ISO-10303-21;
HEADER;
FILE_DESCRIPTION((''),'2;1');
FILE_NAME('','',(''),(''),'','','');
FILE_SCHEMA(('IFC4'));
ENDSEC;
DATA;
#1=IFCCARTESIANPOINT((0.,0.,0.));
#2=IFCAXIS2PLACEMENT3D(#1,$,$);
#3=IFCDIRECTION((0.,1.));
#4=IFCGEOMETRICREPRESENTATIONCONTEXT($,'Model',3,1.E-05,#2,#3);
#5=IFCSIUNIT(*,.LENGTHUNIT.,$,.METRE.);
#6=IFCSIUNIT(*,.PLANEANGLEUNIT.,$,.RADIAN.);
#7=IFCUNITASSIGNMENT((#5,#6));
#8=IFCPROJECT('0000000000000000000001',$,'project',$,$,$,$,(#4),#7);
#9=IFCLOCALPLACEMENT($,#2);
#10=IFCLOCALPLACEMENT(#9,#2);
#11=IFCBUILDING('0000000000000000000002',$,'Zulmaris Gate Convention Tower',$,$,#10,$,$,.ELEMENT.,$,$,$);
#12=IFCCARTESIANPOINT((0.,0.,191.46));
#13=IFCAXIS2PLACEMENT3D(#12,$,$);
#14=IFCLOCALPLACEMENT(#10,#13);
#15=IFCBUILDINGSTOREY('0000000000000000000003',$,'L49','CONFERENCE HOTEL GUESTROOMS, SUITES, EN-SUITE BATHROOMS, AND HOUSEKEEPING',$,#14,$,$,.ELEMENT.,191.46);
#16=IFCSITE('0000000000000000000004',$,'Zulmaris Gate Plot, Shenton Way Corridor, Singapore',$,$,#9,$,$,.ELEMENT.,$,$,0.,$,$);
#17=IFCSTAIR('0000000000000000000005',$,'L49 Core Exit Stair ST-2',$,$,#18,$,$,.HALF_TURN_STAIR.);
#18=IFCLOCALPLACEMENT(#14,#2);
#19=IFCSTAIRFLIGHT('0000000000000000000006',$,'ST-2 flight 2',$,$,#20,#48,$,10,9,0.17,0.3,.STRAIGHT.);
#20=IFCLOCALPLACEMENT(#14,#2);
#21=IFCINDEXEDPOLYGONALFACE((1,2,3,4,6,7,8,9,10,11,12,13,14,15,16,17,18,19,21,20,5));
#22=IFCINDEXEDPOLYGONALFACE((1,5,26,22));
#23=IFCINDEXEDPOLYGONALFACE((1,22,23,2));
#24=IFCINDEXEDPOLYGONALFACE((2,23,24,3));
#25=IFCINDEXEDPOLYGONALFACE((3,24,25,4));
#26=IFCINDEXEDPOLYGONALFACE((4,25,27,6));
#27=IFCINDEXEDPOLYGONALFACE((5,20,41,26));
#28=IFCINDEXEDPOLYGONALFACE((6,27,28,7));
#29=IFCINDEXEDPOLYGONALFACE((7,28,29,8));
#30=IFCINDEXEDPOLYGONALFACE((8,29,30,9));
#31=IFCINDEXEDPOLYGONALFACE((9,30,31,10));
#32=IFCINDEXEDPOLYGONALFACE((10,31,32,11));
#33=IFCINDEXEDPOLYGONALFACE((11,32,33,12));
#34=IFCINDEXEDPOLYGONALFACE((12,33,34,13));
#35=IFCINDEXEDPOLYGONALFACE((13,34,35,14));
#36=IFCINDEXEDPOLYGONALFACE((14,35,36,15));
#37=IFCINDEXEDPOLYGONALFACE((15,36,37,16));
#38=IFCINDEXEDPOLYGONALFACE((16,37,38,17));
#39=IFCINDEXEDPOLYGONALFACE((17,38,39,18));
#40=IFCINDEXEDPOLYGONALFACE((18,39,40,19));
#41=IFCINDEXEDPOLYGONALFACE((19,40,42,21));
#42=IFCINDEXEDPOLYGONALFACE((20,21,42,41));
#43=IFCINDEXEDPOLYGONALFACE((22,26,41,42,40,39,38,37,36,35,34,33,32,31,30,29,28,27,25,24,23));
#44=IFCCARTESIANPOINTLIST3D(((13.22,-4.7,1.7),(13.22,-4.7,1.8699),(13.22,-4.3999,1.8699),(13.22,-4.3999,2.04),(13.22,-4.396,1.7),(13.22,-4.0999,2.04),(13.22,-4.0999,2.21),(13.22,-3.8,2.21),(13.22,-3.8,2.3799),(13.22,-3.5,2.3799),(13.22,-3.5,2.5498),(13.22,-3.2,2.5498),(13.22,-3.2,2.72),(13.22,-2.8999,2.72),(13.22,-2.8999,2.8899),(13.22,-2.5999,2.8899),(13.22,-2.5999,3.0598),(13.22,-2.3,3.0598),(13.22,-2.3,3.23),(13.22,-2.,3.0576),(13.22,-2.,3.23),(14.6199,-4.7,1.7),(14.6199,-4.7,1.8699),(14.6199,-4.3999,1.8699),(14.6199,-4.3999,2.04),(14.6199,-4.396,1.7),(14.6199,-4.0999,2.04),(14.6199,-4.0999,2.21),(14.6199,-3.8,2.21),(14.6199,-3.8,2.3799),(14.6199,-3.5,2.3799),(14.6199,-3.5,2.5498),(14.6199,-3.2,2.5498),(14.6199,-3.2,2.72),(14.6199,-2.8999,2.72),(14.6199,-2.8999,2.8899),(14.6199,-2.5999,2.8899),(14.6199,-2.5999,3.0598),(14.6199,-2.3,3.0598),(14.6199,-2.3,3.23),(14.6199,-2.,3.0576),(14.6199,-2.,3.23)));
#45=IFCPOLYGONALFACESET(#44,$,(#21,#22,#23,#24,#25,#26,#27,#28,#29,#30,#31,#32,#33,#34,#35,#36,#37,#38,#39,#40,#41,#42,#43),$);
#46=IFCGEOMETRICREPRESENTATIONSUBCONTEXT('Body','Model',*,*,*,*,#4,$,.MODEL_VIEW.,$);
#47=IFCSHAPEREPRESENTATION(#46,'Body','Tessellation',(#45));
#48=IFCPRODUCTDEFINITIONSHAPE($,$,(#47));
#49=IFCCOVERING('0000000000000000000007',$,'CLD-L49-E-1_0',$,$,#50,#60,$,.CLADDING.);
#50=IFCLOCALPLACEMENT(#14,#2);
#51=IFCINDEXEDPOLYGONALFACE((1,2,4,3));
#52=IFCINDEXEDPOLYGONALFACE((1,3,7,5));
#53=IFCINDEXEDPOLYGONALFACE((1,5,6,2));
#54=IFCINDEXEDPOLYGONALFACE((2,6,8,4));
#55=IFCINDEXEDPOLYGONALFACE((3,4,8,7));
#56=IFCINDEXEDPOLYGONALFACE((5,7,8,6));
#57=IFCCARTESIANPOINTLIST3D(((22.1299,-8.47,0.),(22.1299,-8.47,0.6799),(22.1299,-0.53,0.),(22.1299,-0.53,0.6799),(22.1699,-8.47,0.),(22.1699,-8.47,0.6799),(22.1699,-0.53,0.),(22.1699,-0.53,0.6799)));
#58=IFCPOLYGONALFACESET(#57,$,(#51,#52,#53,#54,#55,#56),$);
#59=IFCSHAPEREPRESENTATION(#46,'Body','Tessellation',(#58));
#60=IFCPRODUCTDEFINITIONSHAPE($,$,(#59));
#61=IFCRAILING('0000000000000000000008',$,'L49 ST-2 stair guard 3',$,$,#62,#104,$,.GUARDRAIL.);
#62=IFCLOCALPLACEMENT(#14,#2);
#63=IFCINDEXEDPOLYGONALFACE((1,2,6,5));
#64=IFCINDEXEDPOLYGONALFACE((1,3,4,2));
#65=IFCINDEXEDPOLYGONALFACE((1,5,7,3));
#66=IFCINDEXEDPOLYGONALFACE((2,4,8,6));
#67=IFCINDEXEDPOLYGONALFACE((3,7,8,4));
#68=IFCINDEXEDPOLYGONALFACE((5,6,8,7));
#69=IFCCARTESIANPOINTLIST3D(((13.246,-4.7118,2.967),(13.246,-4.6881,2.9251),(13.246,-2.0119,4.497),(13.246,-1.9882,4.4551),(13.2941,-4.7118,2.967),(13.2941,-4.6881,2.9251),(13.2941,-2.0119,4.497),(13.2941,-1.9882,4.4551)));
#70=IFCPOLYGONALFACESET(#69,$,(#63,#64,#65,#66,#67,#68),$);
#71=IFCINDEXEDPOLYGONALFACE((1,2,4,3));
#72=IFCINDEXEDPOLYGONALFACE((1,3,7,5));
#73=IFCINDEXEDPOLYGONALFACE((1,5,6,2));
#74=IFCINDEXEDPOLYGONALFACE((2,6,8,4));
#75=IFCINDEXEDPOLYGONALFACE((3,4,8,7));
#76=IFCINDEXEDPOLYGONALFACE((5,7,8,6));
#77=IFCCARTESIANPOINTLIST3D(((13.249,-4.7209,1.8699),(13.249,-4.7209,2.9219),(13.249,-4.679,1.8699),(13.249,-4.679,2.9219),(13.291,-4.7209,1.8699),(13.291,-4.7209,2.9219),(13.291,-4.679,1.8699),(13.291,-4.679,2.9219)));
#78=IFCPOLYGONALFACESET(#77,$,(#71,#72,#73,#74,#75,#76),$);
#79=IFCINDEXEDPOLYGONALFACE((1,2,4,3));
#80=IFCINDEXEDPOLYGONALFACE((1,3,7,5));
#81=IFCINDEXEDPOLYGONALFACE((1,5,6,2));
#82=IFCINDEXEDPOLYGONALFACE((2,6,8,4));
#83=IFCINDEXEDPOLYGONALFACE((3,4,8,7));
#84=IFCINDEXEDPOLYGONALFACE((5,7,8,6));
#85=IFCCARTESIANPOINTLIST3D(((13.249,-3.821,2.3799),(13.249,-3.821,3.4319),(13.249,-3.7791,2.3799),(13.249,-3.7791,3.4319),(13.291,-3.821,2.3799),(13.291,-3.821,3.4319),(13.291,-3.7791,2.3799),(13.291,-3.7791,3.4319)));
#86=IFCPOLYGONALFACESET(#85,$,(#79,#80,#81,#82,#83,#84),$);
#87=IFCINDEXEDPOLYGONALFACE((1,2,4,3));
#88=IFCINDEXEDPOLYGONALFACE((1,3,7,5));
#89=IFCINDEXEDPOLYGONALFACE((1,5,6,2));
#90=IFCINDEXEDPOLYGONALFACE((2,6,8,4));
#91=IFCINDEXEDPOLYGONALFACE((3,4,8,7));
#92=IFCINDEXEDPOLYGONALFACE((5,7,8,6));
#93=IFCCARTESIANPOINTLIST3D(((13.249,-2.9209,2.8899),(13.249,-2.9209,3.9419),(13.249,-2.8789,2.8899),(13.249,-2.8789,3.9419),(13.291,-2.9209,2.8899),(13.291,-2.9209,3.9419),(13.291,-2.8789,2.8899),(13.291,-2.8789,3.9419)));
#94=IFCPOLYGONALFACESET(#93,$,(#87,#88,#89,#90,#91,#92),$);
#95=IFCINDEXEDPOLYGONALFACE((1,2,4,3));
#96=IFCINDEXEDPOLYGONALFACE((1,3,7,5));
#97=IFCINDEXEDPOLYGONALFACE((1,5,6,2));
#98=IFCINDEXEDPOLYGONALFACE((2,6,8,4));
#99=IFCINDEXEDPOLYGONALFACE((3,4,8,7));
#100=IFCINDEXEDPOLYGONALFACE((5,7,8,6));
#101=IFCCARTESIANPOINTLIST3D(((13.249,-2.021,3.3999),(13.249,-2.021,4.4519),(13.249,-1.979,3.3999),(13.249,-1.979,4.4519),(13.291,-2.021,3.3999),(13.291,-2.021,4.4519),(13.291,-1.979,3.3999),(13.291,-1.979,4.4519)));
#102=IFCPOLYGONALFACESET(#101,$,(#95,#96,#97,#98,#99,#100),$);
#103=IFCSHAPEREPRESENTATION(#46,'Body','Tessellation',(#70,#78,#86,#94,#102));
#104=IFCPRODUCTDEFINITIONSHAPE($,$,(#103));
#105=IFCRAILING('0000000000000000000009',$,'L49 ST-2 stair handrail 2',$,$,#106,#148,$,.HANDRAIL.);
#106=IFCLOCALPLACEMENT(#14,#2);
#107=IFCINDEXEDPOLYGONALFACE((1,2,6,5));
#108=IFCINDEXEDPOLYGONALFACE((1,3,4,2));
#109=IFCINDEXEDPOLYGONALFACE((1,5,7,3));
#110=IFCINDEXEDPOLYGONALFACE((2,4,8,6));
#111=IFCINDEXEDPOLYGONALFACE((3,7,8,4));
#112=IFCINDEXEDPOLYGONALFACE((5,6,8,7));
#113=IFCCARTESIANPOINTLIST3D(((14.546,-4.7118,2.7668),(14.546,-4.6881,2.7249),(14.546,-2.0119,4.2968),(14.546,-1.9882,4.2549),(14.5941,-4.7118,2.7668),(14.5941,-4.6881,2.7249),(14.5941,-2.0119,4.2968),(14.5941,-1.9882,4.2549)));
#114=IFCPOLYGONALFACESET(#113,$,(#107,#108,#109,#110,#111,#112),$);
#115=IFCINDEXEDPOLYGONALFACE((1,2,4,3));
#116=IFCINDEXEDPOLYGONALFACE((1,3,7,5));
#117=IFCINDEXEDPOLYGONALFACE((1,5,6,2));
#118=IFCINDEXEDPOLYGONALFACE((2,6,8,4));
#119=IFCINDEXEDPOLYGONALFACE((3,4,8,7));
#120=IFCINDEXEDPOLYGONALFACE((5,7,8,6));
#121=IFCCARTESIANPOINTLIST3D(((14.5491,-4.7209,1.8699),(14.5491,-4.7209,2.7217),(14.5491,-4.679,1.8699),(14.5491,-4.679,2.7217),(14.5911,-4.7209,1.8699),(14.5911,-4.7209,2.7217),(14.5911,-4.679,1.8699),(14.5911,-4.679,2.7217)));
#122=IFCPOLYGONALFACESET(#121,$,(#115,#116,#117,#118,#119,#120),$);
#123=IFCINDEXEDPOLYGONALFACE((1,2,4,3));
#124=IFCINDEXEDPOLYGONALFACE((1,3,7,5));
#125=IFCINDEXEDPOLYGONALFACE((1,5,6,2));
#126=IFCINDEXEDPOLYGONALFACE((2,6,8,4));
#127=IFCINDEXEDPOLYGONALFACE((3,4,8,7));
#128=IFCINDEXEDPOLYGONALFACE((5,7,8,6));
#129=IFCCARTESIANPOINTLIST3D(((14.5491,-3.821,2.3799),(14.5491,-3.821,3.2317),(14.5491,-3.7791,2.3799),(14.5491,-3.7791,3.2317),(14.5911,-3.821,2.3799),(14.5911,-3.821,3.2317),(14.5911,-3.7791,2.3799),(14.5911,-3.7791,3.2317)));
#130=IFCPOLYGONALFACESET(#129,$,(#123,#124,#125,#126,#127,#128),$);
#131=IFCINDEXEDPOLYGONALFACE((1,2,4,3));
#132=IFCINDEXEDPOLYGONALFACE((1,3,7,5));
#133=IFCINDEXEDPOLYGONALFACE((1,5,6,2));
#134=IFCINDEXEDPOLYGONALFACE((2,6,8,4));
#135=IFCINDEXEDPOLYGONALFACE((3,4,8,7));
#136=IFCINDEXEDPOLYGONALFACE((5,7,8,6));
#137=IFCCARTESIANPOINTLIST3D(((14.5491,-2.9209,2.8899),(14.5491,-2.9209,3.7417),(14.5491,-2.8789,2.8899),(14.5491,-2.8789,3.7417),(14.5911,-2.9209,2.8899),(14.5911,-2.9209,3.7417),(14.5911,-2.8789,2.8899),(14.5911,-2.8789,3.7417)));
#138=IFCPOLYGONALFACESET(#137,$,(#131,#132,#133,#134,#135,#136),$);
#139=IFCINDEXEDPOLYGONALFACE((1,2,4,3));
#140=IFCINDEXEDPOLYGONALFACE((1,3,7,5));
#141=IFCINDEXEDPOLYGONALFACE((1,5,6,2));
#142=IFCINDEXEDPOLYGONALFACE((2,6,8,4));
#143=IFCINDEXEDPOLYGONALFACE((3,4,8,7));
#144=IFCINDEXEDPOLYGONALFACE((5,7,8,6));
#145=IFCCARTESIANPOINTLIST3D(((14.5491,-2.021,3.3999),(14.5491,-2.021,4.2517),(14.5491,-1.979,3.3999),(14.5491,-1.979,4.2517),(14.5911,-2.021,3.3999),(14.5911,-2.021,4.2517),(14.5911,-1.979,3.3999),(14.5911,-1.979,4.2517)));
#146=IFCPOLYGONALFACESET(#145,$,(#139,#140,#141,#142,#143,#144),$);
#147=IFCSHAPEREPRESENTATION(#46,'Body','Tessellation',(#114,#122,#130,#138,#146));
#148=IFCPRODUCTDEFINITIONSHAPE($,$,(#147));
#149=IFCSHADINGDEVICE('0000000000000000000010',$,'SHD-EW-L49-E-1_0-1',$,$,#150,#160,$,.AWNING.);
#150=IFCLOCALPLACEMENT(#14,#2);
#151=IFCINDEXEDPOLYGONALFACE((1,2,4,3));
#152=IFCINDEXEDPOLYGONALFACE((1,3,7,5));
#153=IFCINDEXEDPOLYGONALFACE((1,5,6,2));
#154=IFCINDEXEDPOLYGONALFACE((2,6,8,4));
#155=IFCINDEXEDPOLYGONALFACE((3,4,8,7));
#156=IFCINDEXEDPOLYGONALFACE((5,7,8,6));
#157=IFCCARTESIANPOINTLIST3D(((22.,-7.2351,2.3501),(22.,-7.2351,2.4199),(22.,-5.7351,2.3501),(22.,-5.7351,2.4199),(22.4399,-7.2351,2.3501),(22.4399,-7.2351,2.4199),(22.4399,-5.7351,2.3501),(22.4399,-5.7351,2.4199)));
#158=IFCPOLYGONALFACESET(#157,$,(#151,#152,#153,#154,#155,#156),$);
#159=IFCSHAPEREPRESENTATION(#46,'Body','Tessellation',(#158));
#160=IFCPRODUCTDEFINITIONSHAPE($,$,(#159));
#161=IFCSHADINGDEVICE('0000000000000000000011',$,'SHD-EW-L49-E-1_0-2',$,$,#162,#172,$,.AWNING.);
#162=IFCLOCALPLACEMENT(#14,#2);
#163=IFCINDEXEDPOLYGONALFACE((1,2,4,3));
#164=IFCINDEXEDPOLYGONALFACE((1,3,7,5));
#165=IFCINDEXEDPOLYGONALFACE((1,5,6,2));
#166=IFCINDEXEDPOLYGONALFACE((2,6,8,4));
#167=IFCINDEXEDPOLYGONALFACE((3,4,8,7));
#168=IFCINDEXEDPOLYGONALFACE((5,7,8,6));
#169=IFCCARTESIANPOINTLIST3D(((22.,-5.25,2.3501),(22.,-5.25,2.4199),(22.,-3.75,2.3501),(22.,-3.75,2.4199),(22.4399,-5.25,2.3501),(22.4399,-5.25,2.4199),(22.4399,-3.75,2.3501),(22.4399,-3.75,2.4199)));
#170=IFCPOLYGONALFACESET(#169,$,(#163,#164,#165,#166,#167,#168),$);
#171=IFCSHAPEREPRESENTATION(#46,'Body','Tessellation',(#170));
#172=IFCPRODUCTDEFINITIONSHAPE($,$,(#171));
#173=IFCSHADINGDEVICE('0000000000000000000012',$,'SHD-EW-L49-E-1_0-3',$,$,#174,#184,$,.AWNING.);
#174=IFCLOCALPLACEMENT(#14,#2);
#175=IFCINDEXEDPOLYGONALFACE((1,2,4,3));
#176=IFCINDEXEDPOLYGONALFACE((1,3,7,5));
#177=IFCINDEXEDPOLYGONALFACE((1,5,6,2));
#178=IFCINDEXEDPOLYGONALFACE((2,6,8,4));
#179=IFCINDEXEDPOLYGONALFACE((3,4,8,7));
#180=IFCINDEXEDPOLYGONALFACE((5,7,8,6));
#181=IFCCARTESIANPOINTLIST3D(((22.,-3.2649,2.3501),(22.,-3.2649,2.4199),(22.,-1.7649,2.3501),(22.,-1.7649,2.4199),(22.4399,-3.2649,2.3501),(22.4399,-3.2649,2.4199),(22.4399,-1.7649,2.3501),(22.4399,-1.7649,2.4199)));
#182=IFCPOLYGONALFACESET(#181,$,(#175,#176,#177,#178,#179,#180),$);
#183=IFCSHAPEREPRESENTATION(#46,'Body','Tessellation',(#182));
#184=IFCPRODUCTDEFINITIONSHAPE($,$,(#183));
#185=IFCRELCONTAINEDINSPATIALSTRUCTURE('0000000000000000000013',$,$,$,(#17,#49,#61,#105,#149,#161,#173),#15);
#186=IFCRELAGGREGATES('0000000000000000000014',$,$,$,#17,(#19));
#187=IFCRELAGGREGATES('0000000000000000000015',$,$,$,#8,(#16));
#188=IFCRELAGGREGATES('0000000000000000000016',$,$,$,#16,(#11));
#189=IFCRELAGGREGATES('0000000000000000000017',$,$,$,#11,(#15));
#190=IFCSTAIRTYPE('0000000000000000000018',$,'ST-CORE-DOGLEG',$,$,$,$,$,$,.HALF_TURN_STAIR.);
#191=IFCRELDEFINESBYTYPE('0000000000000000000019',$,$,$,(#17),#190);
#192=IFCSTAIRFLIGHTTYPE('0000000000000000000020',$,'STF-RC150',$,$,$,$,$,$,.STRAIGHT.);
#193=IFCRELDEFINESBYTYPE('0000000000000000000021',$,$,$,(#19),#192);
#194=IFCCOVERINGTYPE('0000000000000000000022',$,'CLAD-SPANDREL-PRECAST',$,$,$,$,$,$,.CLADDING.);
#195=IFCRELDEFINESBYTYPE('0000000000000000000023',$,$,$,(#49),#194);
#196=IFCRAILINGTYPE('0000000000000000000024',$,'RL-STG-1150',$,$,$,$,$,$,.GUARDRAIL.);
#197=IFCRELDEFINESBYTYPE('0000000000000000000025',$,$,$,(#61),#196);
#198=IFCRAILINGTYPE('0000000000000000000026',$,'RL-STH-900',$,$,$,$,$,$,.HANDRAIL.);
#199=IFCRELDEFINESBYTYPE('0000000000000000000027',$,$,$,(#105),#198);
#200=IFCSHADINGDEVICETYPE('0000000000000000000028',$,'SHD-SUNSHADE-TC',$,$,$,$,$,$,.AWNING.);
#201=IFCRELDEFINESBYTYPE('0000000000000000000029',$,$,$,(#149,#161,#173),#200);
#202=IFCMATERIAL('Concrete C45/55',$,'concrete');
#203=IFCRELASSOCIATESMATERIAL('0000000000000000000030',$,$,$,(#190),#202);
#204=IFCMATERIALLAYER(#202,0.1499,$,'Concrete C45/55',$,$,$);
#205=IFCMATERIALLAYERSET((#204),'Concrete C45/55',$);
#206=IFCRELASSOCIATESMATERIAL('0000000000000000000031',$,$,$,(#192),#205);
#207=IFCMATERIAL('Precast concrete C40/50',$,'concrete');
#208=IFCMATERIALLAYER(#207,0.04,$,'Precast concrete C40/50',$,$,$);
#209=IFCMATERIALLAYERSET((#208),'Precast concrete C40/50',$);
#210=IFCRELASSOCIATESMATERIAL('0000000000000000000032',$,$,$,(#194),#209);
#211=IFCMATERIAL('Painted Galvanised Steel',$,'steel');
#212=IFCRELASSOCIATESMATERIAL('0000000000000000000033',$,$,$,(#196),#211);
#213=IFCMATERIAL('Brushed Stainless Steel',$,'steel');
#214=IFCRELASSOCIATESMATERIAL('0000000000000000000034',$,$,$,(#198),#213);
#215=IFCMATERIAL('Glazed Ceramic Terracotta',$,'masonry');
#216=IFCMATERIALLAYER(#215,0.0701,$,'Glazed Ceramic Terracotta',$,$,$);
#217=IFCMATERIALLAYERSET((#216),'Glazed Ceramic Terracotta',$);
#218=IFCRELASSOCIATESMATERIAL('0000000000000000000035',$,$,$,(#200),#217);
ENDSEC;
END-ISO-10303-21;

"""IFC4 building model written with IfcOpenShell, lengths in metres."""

from ifc_helpers import new_model, si_unit, direction, frame, frame_2d, origin, origin_2d, place, context, subcontext, project, spatial, polyline, rectangle, outline, extrude, material, layer, layer_set, type_object, element, aggregate, save


model = new_model("IFC4")

# Units and contexts
model_context = context("Model", 3, precision=1e-05, world=origin(), true_north=direction((0.0, 1.0)))
body_context = subcontext(model_context, "Body", "Model", "MODEL_VIEW")
ifc_project = project(units=[si_unit("LENGTHUNIT", "METRE"), si_unit("PLANEANGLEUNIT", "RADIAN")], contexts=[model_context])

# Site, building, storey
site_placement = place(None, origin())
site = spatial("IfcSite", under=ifc_project, at=site_placement, Name="Zulmaris Gate Plot, Shenton Way Corridor, Singapore", CompositionType="ELEMENT", RefElevation=0.0)
building_placement = place(site_placement, origin())
building = spatial("IfcBuilding", under=site, at=building_placement, Name="Zulmaris Gate Convention Tower", CompositionType="ELEMENT")
storey_placement = place(building_placement, frame((0.0, 0.0, 191.46)))
storey = spatial("IfcBuildingStorey", under=building, at=storey_placement, Name="L49", Description="CONFERENCE HOTEL GUESTROOMS, SUITES, EN-SUITE BATHROOMS, AND HOUSEKEEPING", CompositionType="ELEMENT", Elevation=191.46)

# Shared definitions
ifc_material_1 = material(Name="Precast concrete C40/50", Category="concrete")

# Stair, stair flight
ifc_material_2 = material(Name="Concrete C45/55", Category="concrete")
stair_type = type_object("IfcStairType", Name="ST-CORE-DOGLEG", PredefinedType="HALF_TURN_STAIR", material=ifc_material_2)
stair_placement = place(storey_placement, origin())
stair = element("IfcStair", 1, at=stair_placement, inside=storey, type_object=stair_type, Name="L49 Core Exit Stair ST-2", PredefinedType="HALF_TURN_STAIR")
ifc_layer_1 = layer(ifc_material_2, 0.1499, Name="Concrete C45/55")
ifc_layer_set_1 = layer_set([ifc_layer_1], Name="Concrete C45/55")
stair_flight_type = type_object("IfcStairFlightType", Name="STF-RC150", PredefinedType="STRAIGHT", material=ifc_layer_set_1)
stair_flight_placement = place(storey_placement, frame((13.9199, -4.7, 1.7), z_axis=(0.0, 0.0, 1.0), x_axis=(0.0, 1.0, 0.0)))
stair_flight = element("IfcStairFlight", 2, at=stair_flight_placement, type_object=stair_flight_type, Name="ST-2 flight 2", NumberOfRisers=10, NumberOfTreads=9, PredefinedType="STRAIGHT", RiserHeight=0.17, TreadLength=0.3, context=body_context, shape_type="SweptSolid", body=[
    extrude(outline(polyline([(0.0, 0.0), (0.0, 0.1699), (0.3, 0.1699), (0.3, 0.3401), (0.6001, 0.3401), (0.6001, 0.51), (0.8999, 0.51), (0.8999, 0.6799), (1.2, 0.6799), (1.2, 0.8499), (1.5, 0.8499), (1.5, 1.02), (1.8, 1.02), (1.8, 1.1899), (2.1001, 1.1899), (2.1001, 1.3599), (2.3999, 1.3599), (2.3999, 1.53), (2.7, 1.53), (2.7, 1.7), (2.7, 1.3577), (0.304, 0.0), (0.0, 0.0)])), frame((0.0, 0.7, 0.0), z_axis=(0.0, -1.0, 0.0), x_axis=(1.0, 0.0, 0.0)), (0.0, 0.0, 1.0), 1.3999),
])
aggregate(stair, [stair_flight])

# Covering
ifc_layer_2 = layer(ifc_material_1, 0.04, Name="Precast concrete C40/50")
ifc_layer_set_2 = layer_set([ifc_layer_2], Name="Precast concrete C40/50")
covering_type = type_object("IfcCoveringType", Name="CLAD-SPANDREL-PRECAST", PredefinedType="CLADDING", material=ifc_layer_set_2)
covering_placement = place(storey_placement, frame((22.1499, -8.47, 0.0), z_axis=(0.0, 0.0, 1.0), x_axis=(0.0, 1.0, 0.0)))
element("IfcCovering", 3, at=covering_placement, inside=storey, type_object=covering_type, Name="CLD-L49-E-1_0", PredefinedType="CLADDING", context=body_context, shape_type="SweptSolid", body=[
    extrude(rectangle(XDim=7.9399, YDim=0.04, at=frame_2d((3.97, 0.0))), origin(), (0.0, 0.0, 1.0), 0.6799),
])

# Railings
ifc_material_3 = material(Name="Painted Galvanised Steel", Category="steel")
railing_type_1 = type_object("IfcRailingType", Name="RL-STG-1150", PredefinedType="GUARDRAIL", material=ifc_material_3)
railing_1_placement = place(storey_placement, frame((13.27, -4.7, 1.8699)))
element("IfcRailing", 4, at=railing_1_placement, inside=storey, type_object=railing_type_1, Name="L49 ST-2 stair guard 3", PredefinedType="GUARDRAIL", context=body_context, shape_type="SweptSolid", body=[
    extrude(rectangle(XDim=0.0481, YDim=0.0481, at=origin_2d()), frame((0.0, 0.0, 1.0762), z_axis=(0.0, 0.870014, 0.493026), x_axis=(-1.0, 0.0, 0.0)), (0.0, 0.0, 1.0), 3.1033),
    extrude(rectangle(XDim=0.042, YDim=0.042, at=origin_2d()), origin(), (0.0, 0.0, 1.0), 1.052),
    extrude(rectangle(XDim=0.042, YDim=0.042, at=origin_2d()), frame((0.0, 0.8999, 0.51)), (0.0, 0.0, 1.0), 1.052),
    extrude(rectangle(XDim=0.042, YDim=0.042, at=origin_2d()), frame((0.0, 1.8, 1.02)), (0.0, 0.0, 1.0), 1.052),
    extrude(rectangle(XDim=0.042, YDim=0.042, at=origin_2d()), frame((0.0, 2.7, 1.53)), (0.0, 0.0, 1.0), 1.052),
])
ifc_material_4 = material(Name="Brushed Stainless Steel", Category="steel")
railing_type_2 = type_object("IfcRailingType", Name="RL-STH-900", PredefinedType="HANDRAIL", material=ifc_material_4)
railing_2_placement = place(storey_placement, frame((14.5701, -4.7, 1.8699)))
element("IfcRailing", 5, at=railing_2_placement, inside=storey, type_object=railing_type_2, Name="L49 ST-2 stair handrail 2", PredefinedType="HANDRAIL", context=body_context, shape_type="SweptSolid", body=[
    extrude(rectangle(XDim=0.0481, YDim=0.0481, at=origin_2d()), frame((0.0, 0.0, 0.876), z_axis=(0.0, 0.870014, 0.493026), x_axis=(-1.0, 0.0, 0.0)), (0.0, 0.0, 1.0), 3.1033),
    extrude(rectangle(XDim=0.042, YDim=0.042, at=origin_2d()), origin(), (0.0, 0.0, 1.0), 0.8518),
    extrude(rectangle(XDim=0.042, YDim=0.042, at=origin_2d()), frame((0.0, 0.8999, 0.51)), (0.0, 0.0, 1.0), 0.8518),
    extrude(rectangle(XDim=0.042, YDim=0.042, at=origin_2d()), frame((0.0, 1.8, 1.02)), (0.0, 0.0, 1.0), 0.8518),
    extrude(rectangle(XDim=0.042, YDim=0.042, at=origin_2d()), frame((0.0, 2.7, 1.53)), (0.0, 0.0, 1.0), 0.8518),
])

# Shading devices
ifc_material_5 = material(Name="Glazed Ceramic Terracotta", Category="masonry")
ifc_layer_3 = layer(ifc_material_5, 0.0701, Name="Glazed Ceramic Terracotta")
ifc_layer_set_3 = layer_set([ifc_layer_3], Name="Glazed Ceramic Terracotta")
shading_device_type = type_object("IfcShadingDeviceType", Name="SHD-SUNSHADE-TC", PredefinedType="AWNING", material=ifc_layer_set_3)
for number, where, z_axis, x_axis, name in (
    (6, (22.22, -7.2351, 2.3501), (0.0, 0.0, 1.0), (0.0, 1.0, 0.0), "SHD-EW-L49-E-1_0-1"),
    (7, (22.22, -5.25, 2.3501), (0.0, 0.0, 1.0), (0.0, 1.0, 0.0), "SHD-EW-L49-E-1_0-2"),
    (8, (22.22, -3.2649, 2.3501), (0.0, 0.0, 1.0), (0.0, 1.0, 0.0), "SHD-EW-L49-E-1_0-3"),
):
    element("IfcShadingDevice", number, at=place(storey_placement, frame(where, z_axis=z_axis, x_axis=x_axis)), inside=storey, type_object=shading_device_type, Name=name, PredefinedType="AWNING", context=body_context, shape_type="SweptSolid", body=[
        extrude(rectangle(XDim=1.5, YDim=0.4399, at=frame_2d((0.75, 0.0))), origin(), (0.0, 0.0, 1.0), 0.0698),
    ])

save(model, "model.ifc")
